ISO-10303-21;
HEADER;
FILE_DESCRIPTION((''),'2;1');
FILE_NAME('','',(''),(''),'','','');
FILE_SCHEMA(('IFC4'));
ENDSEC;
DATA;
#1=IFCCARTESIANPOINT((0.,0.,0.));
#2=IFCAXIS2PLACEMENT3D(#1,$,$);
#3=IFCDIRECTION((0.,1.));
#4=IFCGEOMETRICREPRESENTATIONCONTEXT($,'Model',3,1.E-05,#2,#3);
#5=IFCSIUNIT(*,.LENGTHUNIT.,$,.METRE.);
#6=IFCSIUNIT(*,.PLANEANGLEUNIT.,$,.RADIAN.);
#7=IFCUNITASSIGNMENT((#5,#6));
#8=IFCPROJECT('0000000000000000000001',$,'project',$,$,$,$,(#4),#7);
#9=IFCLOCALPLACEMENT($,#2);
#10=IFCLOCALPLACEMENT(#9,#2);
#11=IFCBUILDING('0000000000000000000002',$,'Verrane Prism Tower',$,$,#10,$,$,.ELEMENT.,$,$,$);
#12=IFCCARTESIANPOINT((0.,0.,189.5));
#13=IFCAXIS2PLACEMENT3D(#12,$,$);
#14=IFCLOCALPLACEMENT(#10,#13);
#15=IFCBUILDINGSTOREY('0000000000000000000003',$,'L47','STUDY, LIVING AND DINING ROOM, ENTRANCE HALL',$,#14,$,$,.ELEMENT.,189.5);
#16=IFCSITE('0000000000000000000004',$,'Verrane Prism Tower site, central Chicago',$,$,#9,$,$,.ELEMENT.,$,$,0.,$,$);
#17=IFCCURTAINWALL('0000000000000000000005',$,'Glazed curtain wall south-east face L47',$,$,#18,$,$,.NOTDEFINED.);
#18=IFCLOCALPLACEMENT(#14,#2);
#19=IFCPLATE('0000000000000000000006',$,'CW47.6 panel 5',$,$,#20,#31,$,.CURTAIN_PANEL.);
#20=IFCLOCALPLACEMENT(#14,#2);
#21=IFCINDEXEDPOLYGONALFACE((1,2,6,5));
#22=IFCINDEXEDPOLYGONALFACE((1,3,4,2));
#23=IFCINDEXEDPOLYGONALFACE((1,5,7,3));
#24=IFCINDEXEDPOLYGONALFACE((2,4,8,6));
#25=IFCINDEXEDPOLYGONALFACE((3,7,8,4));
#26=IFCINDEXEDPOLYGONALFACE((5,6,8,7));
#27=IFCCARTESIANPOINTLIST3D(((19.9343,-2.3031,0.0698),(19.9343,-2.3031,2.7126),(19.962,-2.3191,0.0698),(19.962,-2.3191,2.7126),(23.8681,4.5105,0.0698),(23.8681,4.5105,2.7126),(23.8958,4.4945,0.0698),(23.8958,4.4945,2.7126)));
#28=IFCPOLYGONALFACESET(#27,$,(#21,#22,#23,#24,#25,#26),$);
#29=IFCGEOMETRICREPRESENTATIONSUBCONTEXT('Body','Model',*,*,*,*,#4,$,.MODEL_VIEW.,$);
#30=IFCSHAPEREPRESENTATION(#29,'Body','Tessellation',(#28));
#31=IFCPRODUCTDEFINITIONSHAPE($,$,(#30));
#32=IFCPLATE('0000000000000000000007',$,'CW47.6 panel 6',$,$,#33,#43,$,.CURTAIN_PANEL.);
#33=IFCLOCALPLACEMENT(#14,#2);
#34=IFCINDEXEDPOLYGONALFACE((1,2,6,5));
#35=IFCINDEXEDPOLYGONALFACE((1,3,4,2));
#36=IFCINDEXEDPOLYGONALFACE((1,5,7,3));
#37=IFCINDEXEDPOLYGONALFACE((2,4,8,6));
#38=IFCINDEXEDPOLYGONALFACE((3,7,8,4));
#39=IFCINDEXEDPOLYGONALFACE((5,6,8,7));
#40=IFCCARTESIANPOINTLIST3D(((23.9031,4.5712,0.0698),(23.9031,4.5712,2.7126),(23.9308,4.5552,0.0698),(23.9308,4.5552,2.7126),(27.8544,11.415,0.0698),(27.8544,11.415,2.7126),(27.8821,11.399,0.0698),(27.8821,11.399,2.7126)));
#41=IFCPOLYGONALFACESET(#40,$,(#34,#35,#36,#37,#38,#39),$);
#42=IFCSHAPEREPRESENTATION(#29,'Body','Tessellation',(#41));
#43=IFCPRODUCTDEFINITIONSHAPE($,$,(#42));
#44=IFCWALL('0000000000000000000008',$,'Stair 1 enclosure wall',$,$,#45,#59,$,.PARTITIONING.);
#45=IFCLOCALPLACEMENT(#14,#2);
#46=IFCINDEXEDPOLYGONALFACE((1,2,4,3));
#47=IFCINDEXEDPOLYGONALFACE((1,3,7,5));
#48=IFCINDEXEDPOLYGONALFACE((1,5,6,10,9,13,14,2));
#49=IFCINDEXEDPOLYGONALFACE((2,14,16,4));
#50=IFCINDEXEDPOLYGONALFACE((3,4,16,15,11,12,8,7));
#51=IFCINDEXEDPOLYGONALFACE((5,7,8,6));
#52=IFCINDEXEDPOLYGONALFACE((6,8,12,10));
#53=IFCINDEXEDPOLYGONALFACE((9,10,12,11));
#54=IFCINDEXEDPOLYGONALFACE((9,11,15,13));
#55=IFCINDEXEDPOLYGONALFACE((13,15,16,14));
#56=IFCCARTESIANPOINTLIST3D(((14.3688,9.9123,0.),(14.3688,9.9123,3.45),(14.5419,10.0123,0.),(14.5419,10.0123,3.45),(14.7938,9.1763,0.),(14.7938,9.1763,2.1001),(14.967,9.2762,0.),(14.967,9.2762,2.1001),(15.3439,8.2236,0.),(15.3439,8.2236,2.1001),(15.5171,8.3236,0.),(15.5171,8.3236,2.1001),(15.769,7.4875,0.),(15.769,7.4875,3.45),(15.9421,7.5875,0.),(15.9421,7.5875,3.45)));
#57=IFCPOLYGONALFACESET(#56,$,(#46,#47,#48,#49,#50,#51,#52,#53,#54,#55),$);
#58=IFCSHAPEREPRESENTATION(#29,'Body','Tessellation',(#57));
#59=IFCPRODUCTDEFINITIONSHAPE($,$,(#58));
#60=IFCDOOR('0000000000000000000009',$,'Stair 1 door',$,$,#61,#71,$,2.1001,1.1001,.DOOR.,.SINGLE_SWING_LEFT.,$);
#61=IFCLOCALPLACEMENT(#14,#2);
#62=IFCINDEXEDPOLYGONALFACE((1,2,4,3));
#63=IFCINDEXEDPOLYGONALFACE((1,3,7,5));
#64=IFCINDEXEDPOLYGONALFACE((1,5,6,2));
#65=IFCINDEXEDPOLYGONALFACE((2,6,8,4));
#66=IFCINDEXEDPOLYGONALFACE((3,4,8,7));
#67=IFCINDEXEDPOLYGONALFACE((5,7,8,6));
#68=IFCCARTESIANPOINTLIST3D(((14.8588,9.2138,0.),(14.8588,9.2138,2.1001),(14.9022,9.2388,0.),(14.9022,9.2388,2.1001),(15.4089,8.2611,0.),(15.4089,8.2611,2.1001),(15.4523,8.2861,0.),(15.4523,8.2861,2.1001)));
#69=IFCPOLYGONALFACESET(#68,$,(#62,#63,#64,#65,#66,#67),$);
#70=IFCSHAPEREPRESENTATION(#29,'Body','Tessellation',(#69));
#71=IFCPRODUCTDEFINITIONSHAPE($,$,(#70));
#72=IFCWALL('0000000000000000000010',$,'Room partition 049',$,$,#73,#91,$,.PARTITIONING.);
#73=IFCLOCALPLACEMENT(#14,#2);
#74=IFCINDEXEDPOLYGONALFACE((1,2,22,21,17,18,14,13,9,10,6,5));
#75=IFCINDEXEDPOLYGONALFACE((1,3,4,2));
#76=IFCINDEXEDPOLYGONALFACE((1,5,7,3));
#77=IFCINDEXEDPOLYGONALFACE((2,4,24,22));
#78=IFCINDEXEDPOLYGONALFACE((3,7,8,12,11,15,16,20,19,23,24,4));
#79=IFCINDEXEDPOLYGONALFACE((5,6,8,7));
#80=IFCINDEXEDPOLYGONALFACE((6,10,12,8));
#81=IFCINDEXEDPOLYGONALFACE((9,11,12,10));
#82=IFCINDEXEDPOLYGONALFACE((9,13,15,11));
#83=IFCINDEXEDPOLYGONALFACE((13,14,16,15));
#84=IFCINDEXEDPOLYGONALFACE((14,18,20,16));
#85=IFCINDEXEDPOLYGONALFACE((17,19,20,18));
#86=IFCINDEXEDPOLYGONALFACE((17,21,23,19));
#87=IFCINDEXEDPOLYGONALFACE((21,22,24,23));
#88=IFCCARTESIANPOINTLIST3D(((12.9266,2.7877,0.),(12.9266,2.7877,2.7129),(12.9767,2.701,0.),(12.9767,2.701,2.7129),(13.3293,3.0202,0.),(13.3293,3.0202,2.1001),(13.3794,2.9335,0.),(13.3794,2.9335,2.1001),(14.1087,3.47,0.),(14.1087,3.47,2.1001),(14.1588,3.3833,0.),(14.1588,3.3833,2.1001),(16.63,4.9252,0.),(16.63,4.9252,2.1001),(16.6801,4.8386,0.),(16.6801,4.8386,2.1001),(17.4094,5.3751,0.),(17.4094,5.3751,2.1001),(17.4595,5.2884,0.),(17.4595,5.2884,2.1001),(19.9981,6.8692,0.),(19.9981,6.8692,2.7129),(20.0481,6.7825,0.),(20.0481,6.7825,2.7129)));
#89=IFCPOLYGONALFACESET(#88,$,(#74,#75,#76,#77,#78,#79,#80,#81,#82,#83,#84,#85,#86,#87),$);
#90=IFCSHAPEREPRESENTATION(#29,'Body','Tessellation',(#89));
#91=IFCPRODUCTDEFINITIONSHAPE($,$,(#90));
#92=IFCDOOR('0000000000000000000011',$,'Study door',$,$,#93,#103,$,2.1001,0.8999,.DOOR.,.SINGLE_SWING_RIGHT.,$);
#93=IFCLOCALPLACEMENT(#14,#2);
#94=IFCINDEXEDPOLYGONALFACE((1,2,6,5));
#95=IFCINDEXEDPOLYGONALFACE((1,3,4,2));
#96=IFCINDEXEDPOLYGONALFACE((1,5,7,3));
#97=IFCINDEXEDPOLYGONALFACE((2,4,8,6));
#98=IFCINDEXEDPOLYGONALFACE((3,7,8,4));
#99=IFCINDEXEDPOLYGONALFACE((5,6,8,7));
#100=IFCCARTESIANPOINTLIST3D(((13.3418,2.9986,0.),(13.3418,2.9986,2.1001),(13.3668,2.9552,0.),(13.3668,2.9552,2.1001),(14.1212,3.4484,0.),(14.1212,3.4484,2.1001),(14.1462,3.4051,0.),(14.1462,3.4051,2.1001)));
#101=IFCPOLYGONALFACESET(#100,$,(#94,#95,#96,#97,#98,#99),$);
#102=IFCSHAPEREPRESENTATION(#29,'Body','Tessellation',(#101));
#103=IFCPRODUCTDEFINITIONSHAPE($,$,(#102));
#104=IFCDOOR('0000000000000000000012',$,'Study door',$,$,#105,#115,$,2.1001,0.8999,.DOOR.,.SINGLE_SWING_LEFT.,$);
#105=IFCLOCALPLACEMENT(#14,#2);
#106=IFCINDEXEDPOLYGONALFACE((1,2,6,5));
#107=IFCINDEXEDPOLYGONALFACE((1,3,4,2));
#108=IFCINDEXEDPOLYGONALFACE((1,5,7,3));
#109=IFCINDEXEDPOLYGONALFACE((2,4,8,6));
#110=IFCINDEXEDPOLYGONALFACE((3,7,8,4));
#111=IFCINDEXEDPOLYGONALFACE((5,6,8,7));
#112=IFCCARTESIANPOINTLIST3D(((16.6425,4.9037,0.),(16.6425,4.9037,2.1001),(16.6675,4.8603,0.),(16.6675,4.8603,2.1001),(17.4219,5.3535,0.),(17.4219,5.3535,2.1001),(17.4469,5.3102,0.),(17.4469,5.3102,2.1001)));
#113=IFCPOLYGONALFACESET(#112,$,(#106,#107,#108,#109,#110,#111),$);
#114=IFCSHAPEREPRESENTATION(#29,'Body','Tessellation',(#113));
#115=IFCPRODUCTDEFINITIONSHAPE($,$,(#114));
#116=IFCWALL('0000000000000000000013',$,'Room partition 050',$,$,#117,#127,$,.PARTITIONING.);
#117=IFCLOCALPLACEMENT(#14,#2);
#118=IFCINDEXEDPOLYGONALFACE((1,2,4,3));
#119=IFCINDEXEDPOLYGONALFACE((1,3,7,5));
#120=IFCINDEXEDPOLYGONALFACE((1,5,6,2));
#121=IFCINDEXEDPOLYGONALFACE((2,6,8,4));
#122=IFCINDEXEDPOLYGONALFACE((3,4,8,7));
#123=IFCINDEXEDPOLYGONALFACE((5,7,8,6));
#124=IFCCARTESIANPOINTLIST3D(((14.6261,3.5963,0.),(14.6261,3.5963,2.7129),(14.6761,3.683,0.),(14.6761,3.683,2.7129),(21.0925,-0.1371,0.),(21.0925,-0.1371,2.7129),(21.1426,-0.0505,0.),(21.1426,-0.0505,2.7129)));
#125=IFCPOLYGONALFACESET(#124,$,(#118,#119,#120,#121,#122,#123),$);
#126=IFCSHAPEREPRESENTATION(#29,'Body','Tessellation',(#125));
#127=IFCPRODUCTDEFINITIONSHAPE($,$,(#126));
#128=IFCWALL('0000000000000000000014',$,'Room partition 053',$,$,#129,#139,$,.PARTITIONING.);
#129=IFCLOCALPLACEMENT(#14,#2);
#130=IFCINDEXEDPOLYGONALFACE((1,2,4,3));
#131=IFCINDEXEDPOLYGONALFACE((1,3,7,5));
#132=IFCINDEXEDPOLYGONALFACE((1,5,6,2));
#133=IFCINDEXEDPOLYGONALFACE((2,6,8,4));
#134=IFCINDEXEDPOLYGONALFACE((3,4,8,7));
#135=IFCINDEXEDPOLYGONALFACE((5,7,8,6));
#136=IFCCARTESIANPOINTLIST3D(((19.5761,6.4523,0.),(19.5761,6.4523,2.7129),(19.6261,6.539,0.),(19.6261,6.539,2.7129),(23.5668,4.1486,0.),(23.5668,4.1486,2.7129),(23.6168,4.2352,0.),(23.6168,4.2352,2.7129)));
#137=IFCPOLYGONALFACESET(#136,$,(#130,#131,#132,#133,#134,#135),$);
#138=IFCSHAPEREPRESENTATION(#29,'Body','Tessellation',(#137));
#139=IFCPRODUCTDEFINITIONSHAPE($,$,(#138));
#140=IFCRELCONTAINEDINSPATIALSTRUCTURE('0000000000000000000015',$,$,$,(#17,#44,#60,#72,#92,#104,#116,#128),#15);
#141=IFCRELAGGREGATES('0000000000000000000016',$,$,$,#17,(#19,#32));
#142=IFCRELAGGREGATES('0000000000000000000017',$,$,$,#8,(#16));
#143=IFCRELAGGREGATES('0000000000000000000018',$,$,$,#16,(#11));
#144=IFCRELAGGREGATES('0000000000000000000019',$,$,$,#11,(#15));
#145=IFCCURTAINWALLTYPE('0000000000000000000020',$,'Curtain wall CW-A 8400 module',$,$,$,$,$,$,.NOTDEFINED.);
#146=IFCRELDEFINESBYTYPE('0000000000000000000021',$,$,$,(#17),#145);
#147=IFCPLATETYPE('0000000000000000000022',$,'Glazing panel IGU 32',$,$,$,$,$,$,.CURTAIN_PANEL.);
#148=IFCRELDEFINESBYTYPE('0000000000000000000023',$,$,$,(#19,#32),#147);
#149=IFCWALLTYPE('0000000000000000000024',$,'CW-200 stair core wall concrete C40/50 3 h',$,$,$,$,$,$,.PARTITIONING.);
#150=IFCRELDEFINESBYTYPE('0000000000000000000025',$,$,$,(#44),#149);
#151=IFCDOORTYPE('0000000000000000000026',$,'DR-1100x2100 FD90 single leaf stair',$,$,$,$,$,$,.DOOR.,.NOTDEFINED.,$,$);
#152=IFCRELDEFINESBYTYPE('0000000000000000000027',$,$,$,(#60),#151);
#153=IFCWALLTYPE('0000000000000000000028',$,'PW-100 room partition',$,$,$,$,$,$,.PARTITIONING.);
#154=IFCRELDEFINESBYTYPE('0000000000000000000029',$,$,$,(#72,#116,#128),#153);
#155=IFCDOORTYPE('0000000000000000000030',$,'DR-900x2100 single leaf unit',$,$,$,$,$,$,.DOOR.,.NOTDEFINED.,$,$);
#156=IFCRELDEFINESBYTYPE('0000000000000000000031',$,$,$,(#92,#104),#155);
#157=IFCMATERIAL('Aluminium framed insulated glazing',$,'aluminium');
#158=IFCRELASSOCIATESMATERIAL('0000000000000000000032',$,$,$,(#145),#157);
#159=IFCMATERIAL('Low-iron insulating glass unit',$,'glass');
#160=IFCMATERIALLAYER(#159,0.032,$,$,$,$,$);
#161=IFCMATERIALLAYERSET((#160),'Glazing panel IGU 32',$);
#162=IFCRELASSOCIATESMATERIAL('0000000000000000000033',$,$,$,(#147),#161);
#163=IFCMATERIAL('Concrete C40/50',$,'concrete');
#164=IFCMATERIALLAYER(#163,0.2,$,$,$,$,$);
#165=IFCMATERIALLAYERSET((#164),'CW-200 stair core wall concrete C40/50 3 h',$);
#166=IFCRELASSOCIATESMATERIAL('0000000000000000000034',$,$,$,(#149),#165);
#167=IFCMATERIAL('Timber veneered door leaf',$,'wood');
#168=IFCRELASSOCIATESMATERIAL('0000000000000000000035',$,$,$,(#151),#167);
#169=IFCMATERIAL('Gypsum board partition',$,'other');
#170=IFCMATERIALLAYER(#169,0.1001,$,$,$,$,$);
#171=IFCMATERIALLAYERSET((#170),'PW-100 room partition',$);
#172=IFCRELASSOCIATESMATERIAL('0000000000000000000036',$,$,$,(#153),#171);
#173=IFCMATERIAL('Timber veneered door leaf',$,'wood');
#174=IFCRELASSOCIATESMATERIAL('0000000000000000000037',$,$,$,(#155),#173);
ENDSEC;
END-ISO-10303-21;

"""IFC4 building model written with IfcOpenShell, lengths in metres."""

from ifc_helpers import new_model, si_unit, direction, frame, frame_2d, origin, origin_2d, place, context, subcontext, project, spatial, rectangle, extrude, material, layer, layer_set, type_object, element, fill, aggregate, save


model = new_model("IFC4")

# Units and contexts
model_context = context("Model", 3, precision=1e-05, world=origin(), true_north=direction((0.0, 1.0)))
body_context = subcontext(model_context, "Body", "Model", "MODEL_VIEW")
ifc_project = project(units=[si_unit("LENGTHUNIT", "METRE"), si_unit("PLANEANGLEUNIT", "RADIAN")], contexts=[model_context])

# Site, building, storey
site_placement = place(None, origin())
site = spatial("IfcSite", under=ifc_project, at=site_placement, Name="Verrane Prism Tower site, central Chicago", CompositionType="ELEMENT", RefElevation=0.0)
building_placement = place(site_placement, origin())
building = spatial("IfcBuilding", under=site, at=building_placement, Name="Verrane Prism Tower", CompositionType="ELEMENT")
storey_placement = place(building_placement, frame((0.0, 0.0, 189.5)))
storey = spatial("IfcBuildingStorey", under=building, at=storey_placement, Name="L47", Description="STUDY, LIVING AND DINING ROOM, ENTRANCE HALL", CompositionType="ELEMENT", Elevation=189.5)

# Curtain wall
ifc_material_1 = material(Name="Aluminium framed insulated glazing", Category="aluminium")
curtain_wall_type = type_object("IfcCurtainWallType", Name="Curtain wall CW-A 8400 module", PredefinedType="NOTDEFINED", material=ifc_material_1)
curtain_wall_1_placement = place(storey_placement, origin())
curtain_wall_1 = element("IfcCurtainWall", 1, at=curtain_wall_1_placement, inside=storey, type_object=curtain_wall_type, Name="Glazed curtain wall south-east face L47", PredefinedType="NOTDEFINED")

# Plates
ifc_material_2 = material(Name="Low-iron insulating glass unit", Category="glass")
ifc_layer_1 = layer(ifc_material_2, 0.032)
ifc_layer_set_1 = layer_set([ifc_layer_1], Name="Glazing panel IGU 32")
plate_type = type_object("IfcPlateType", Name="Glazing panel IGU 32", PredefinedType="CURTAIN_PANEL", material=ifc_layer_set_1)
plate_1_placement = place(storey_placement, frame((21.915, 1.0957, 0.0698), z_axis=(0.0, 0.0, 1.0), x_axis=(0.5, 0.866026, 0.0)))
plate_1 = element("IfcPlate", 2, at=plate_1_placement, type_object=plate_type, Name="CW47.6 panel 5", PredefinedType="CURTAIN_PANEL", context=body_context, shape_type="SweptSolid", body=[
    extrude(rectangle(XDim=7.8677, YDim=0.032, at=origin_2d()), origin(), (0.0, 0.0, 1.0), 2.6428),
])
plate_2_placement = place(storey_placement, frame((25.8926, 7.9851, 0.0698), z_axis=(0.0, 0.0, 1.0), x_axis=(0.5, 0.866026, 0.0)))
plate_2 = element("IfcPlate", 3, at=plate_2_placement, type_object=plate_type, Name="CW47.6 panel 6", PredefinedType="CURTAIN_PANEL", context=body_context, shape_type="SweptSolid", body=[
    extrude(rectangle(XDim=7.9026, YDim=0.032, at=origin_2d()), origin(), (0.0, 0.0, 1.0), 2.6428),
])
aggregate(curtain_wall_1, [plate_1, plate_2])

# Wall, opening, door
ifc_material_3 = material(Name="Concrete C40/50", Category="concrete")
ifc_layer_2 = layer(ifc_material_3, 0.2)
ifc_layer_set_2 = layer_set([ifc_layer_2], Name="CW-200 stair core wall concrete C40/50 3 h")
wall_type_1 = type_object("IfcWallType", Name="CW-200 stair core wall concrete C40/50 3 h", PredefinedType="PARTITIONING", material=ifc_layer_set_2)
wall_1_placement = place(storey_placement, frame((15.8555, 7.5376, 0.0), z_axis=(0.0, 0.0, 1.0), x_axis=(-0.50005, 0.865997, 0.0)))
wall_1 = element("IfcWall", 4, at=wall_1_placement, inside=storey, type_object=wall_type_1, Name="Stair 1 enclosure wall", PredefinedType="PARTITIONING", context=body_context, shape_type="SweptSolid", body=[
    extrude(rectangle(XDim=2.8, YDim=0.2, at=frame_2d((1.3999, 0.0))), origin(), (0.0, 0.0, 1.0), 3.45),
])
opening_1_placement = place(wall_1_placement, frame((0.8499, 0.0, 0.0)))
opening_1 = element("IfcOpeningElement", 5, at=opening_1_placement, cuts=wall_1, PredefinedType="OPENING", context=body_context, shape_type="SweptSolid", body=[
    extrude(rectangle(XDim=1.1001, YDim=2.1001, at=frame_2d((0.55, 1.05))), frame((0.0, 0.1099, 0.0), z_axis=(0.0, -1.0, 0.0), x_axis=(1.0, 0.0, 0.0)), (0.0, 0.0, 1.0), 0.22),
])
ifc_material_4 = material(Name="Timber veneered door leaf", Category="wood")
door_type_1 = type_object("IfcDoorType", Name="DR-1100x2100 FD90 single leaf stair", OperationType="NOTDEFINED", PredefinedType="DOOR", material=ifc_material_4)
door_1_placement = place(opening_1_placement, origin())
door_1 = element("IfcDoor", 6, at=door_1_placement, inside=storey, type_object=door_type_1, Name="Stair 1 door", OperationType="SINGLE_SWING_LEFT", OverallHeight=2.1001, OverallWidth=1.1001, PredefinedType="DOOR", context=body_context, shape_type="SweptSolid", body=[
    extrude(rectangle(XDim=1.1001, YDim=2.1001, at=frame_2d((0.55, 1.05))), frame((0.0, 0.0249, 0.0), z_axis=(0.0, -1.0, 0.0), x_axis=(1.0, 0.0, 0.0)), (0.0, 0.0, 1.0), 0.05),
])
fill(opening_1, door_1)

# Wall, openings, doors
ifc_material_5 = material(Name="Gypsum board partition", Category="other")
ifc_layer_3 = layer(ifc_material_5, 0.1001)
ifc_layer_set_3 = layer_set([ifc_layer_3], Name="PW-100 room partition")
wall_type_2 = type_object("IfcWallType", Name="PW-100 room partition", PredefinedType="PARTITIONING", material=ifc_layer_set_3)
wall_2_placement = place(storey_placement, frame((20.0232, 6.8259, 0.0), z_axis=(0.0, 0.0, 1.0), x_axis=(-0.866089, -0.499889, 0.0)))
wall_2 = element("IfcWall", 7, at=wall_2_placement, inside=storey, type_object=wall_type_2, Name="Room partition 049", PredefinedType="PARTITIONING", context=body_context, shape_type="SweptSolid", body=[
    extrude(rectangle(XDim=8.1648, YDim=0.1001, at=frame_2d((4.0825, 0.0))), origin(), (0.0, 0.0, 1.0), 2.7129),
])
opening_2_placement = place(wall_2_placement, frame((6.8, 0.0, 0.0)))
opening_2 = element("IfcOpeningElement", 8, at=opening_2_placement, cuts=wall_2, PredefinedType="OPENING", context=body_context, shape_type="SweptSolid", body=[
    extrude(rectangle(XDim=0.8999, YDim=2.1001, at=frame_2d((0.45, 1.05))), frame((0.0, 0.0601, 0.0), z_axis=(0.0, -1.0, 0.0), x_axis=(1.0, 0.0, 0.0)), (0.0, 0.0, 1.0), 0.1201),
])
opening_3_placement = place(wall_2_placement, frame((2.989, 0.0, 0.0)))
opening_3 = element("IfcOpeningElement", 9, at=opening_3_placement, cuts=wall_2, PredefinedType="OPENING", context=body_context, shape_type="SweptSolid", body=[
    extrude(rectangle(XDim=0.8999, YDim=2.1001, at=frame_2d((0.45, 1.05))), frame((0.0, 0.0601, 0.0), z_axis=(0.0, -1.0, 0.0), x_axis=(1.0, 0.0, 0.0)), (0.0, 0.0, 1.0), 0.1201),
])
ifc_material_6 = material(Name="Timber veneered door leaf", Category="wood")
door_type_2 = type_object("IfcDoorType", Name="DR-900x2100 single leaf unit", OperationType="NOTDEFINED", PredefinedType="DOOR", material=ifc_material_6)
door_2_placement = place(opening_2_placement, origin())
door_2 = element("IfcDoor", 10, at=door_2_placement, inside=storey, type_object=door_type_2, Name="Study door", OperationType="SINGLE_SWING_RIGHT", OverallHeight=2.1001, OverallWidth=0.8999, PredefinedType="DOOR", context=body_context, shape_type="SweptSolid", body=[
    extrude(rectangle(XDim=0.8999, YDim=2.1001, at=frame_2d((0.45, 1.05))), frame((0.0, 0.0249, 0.0), z_axis=(0.0, -1.0, 0.0), x_axis=(1.0, 0.0, 0.0)), (0.0, 0.0, 1.0), 0.05),
])
fill(opening_2, door_2)
door_3_placement = place(opening_3_placement, origin())
door_3 = element("IfcDoor", 11, at=door_3_placement, inside=storey, type_object=door_type_2, Name="Study door", OperationType="SINGLE_SWING_LEFT", OverallHeight=2.1001, OverallWidth=0.8999, PredefinedType="DOOR", context=body_context, shape_type="SweptSolid", body=[
    extrude(rectangle(XDim=0.8999, YDim=2.1001, at=frame_2d((0.45, 1.05))), frame((0.0, 0.0249, 0.0), z_axis=(0.0, -1.0, 0.0), x_axis=(1.0, 0.0, 0.0)), (0.0, 0.0, 1.0), 0.05),
])
fill(opening_3, door_3)

# Walls
wall_3_placement = place(storey_placement, frame((14.6511, 3.6396, 0.0), z_axis=(0.0, 0.0, 1.0), x_axis=(0.866021, -0.500007, 0.0)))
element("IfcWall", 12, at=wall_3_placement, inside=storey, type_object=wall_type_2, Name="Room partition 050", PredefinedType="PARTITIONING", context=body_context, shape_type="SweptSolid", body=[
    extrude(rectangle(XDim=7.4668, YDim=0.1001, at=frame_2d((3.7334, 0.0))), origin(), (0.0, 0.0, 1.0), 2.7129),
])
wall_4_placement = place(storey_placement, frame((19.6011, 6.4956, 0.0), z_axis=(0.0, 0.0, 1.0), x_axis=(0.866057, -0.499946, 0.0)))
element("IfcWall", 13, at=wall_4_placement, inside=storey, type_object=wall_type_2, Name="Room partition 053", PredefinedType="PARTITIONING", context=body_context, shape_type="SweptSolid", body=[
    extrude(rectangle(XDim=4.6079, YDim=0.1001, at=frame_2d((2.304, 0.0))), origin(), (0.0, 0.0, 1.0), 2.7129),
])

save(model, "model.ifc")
